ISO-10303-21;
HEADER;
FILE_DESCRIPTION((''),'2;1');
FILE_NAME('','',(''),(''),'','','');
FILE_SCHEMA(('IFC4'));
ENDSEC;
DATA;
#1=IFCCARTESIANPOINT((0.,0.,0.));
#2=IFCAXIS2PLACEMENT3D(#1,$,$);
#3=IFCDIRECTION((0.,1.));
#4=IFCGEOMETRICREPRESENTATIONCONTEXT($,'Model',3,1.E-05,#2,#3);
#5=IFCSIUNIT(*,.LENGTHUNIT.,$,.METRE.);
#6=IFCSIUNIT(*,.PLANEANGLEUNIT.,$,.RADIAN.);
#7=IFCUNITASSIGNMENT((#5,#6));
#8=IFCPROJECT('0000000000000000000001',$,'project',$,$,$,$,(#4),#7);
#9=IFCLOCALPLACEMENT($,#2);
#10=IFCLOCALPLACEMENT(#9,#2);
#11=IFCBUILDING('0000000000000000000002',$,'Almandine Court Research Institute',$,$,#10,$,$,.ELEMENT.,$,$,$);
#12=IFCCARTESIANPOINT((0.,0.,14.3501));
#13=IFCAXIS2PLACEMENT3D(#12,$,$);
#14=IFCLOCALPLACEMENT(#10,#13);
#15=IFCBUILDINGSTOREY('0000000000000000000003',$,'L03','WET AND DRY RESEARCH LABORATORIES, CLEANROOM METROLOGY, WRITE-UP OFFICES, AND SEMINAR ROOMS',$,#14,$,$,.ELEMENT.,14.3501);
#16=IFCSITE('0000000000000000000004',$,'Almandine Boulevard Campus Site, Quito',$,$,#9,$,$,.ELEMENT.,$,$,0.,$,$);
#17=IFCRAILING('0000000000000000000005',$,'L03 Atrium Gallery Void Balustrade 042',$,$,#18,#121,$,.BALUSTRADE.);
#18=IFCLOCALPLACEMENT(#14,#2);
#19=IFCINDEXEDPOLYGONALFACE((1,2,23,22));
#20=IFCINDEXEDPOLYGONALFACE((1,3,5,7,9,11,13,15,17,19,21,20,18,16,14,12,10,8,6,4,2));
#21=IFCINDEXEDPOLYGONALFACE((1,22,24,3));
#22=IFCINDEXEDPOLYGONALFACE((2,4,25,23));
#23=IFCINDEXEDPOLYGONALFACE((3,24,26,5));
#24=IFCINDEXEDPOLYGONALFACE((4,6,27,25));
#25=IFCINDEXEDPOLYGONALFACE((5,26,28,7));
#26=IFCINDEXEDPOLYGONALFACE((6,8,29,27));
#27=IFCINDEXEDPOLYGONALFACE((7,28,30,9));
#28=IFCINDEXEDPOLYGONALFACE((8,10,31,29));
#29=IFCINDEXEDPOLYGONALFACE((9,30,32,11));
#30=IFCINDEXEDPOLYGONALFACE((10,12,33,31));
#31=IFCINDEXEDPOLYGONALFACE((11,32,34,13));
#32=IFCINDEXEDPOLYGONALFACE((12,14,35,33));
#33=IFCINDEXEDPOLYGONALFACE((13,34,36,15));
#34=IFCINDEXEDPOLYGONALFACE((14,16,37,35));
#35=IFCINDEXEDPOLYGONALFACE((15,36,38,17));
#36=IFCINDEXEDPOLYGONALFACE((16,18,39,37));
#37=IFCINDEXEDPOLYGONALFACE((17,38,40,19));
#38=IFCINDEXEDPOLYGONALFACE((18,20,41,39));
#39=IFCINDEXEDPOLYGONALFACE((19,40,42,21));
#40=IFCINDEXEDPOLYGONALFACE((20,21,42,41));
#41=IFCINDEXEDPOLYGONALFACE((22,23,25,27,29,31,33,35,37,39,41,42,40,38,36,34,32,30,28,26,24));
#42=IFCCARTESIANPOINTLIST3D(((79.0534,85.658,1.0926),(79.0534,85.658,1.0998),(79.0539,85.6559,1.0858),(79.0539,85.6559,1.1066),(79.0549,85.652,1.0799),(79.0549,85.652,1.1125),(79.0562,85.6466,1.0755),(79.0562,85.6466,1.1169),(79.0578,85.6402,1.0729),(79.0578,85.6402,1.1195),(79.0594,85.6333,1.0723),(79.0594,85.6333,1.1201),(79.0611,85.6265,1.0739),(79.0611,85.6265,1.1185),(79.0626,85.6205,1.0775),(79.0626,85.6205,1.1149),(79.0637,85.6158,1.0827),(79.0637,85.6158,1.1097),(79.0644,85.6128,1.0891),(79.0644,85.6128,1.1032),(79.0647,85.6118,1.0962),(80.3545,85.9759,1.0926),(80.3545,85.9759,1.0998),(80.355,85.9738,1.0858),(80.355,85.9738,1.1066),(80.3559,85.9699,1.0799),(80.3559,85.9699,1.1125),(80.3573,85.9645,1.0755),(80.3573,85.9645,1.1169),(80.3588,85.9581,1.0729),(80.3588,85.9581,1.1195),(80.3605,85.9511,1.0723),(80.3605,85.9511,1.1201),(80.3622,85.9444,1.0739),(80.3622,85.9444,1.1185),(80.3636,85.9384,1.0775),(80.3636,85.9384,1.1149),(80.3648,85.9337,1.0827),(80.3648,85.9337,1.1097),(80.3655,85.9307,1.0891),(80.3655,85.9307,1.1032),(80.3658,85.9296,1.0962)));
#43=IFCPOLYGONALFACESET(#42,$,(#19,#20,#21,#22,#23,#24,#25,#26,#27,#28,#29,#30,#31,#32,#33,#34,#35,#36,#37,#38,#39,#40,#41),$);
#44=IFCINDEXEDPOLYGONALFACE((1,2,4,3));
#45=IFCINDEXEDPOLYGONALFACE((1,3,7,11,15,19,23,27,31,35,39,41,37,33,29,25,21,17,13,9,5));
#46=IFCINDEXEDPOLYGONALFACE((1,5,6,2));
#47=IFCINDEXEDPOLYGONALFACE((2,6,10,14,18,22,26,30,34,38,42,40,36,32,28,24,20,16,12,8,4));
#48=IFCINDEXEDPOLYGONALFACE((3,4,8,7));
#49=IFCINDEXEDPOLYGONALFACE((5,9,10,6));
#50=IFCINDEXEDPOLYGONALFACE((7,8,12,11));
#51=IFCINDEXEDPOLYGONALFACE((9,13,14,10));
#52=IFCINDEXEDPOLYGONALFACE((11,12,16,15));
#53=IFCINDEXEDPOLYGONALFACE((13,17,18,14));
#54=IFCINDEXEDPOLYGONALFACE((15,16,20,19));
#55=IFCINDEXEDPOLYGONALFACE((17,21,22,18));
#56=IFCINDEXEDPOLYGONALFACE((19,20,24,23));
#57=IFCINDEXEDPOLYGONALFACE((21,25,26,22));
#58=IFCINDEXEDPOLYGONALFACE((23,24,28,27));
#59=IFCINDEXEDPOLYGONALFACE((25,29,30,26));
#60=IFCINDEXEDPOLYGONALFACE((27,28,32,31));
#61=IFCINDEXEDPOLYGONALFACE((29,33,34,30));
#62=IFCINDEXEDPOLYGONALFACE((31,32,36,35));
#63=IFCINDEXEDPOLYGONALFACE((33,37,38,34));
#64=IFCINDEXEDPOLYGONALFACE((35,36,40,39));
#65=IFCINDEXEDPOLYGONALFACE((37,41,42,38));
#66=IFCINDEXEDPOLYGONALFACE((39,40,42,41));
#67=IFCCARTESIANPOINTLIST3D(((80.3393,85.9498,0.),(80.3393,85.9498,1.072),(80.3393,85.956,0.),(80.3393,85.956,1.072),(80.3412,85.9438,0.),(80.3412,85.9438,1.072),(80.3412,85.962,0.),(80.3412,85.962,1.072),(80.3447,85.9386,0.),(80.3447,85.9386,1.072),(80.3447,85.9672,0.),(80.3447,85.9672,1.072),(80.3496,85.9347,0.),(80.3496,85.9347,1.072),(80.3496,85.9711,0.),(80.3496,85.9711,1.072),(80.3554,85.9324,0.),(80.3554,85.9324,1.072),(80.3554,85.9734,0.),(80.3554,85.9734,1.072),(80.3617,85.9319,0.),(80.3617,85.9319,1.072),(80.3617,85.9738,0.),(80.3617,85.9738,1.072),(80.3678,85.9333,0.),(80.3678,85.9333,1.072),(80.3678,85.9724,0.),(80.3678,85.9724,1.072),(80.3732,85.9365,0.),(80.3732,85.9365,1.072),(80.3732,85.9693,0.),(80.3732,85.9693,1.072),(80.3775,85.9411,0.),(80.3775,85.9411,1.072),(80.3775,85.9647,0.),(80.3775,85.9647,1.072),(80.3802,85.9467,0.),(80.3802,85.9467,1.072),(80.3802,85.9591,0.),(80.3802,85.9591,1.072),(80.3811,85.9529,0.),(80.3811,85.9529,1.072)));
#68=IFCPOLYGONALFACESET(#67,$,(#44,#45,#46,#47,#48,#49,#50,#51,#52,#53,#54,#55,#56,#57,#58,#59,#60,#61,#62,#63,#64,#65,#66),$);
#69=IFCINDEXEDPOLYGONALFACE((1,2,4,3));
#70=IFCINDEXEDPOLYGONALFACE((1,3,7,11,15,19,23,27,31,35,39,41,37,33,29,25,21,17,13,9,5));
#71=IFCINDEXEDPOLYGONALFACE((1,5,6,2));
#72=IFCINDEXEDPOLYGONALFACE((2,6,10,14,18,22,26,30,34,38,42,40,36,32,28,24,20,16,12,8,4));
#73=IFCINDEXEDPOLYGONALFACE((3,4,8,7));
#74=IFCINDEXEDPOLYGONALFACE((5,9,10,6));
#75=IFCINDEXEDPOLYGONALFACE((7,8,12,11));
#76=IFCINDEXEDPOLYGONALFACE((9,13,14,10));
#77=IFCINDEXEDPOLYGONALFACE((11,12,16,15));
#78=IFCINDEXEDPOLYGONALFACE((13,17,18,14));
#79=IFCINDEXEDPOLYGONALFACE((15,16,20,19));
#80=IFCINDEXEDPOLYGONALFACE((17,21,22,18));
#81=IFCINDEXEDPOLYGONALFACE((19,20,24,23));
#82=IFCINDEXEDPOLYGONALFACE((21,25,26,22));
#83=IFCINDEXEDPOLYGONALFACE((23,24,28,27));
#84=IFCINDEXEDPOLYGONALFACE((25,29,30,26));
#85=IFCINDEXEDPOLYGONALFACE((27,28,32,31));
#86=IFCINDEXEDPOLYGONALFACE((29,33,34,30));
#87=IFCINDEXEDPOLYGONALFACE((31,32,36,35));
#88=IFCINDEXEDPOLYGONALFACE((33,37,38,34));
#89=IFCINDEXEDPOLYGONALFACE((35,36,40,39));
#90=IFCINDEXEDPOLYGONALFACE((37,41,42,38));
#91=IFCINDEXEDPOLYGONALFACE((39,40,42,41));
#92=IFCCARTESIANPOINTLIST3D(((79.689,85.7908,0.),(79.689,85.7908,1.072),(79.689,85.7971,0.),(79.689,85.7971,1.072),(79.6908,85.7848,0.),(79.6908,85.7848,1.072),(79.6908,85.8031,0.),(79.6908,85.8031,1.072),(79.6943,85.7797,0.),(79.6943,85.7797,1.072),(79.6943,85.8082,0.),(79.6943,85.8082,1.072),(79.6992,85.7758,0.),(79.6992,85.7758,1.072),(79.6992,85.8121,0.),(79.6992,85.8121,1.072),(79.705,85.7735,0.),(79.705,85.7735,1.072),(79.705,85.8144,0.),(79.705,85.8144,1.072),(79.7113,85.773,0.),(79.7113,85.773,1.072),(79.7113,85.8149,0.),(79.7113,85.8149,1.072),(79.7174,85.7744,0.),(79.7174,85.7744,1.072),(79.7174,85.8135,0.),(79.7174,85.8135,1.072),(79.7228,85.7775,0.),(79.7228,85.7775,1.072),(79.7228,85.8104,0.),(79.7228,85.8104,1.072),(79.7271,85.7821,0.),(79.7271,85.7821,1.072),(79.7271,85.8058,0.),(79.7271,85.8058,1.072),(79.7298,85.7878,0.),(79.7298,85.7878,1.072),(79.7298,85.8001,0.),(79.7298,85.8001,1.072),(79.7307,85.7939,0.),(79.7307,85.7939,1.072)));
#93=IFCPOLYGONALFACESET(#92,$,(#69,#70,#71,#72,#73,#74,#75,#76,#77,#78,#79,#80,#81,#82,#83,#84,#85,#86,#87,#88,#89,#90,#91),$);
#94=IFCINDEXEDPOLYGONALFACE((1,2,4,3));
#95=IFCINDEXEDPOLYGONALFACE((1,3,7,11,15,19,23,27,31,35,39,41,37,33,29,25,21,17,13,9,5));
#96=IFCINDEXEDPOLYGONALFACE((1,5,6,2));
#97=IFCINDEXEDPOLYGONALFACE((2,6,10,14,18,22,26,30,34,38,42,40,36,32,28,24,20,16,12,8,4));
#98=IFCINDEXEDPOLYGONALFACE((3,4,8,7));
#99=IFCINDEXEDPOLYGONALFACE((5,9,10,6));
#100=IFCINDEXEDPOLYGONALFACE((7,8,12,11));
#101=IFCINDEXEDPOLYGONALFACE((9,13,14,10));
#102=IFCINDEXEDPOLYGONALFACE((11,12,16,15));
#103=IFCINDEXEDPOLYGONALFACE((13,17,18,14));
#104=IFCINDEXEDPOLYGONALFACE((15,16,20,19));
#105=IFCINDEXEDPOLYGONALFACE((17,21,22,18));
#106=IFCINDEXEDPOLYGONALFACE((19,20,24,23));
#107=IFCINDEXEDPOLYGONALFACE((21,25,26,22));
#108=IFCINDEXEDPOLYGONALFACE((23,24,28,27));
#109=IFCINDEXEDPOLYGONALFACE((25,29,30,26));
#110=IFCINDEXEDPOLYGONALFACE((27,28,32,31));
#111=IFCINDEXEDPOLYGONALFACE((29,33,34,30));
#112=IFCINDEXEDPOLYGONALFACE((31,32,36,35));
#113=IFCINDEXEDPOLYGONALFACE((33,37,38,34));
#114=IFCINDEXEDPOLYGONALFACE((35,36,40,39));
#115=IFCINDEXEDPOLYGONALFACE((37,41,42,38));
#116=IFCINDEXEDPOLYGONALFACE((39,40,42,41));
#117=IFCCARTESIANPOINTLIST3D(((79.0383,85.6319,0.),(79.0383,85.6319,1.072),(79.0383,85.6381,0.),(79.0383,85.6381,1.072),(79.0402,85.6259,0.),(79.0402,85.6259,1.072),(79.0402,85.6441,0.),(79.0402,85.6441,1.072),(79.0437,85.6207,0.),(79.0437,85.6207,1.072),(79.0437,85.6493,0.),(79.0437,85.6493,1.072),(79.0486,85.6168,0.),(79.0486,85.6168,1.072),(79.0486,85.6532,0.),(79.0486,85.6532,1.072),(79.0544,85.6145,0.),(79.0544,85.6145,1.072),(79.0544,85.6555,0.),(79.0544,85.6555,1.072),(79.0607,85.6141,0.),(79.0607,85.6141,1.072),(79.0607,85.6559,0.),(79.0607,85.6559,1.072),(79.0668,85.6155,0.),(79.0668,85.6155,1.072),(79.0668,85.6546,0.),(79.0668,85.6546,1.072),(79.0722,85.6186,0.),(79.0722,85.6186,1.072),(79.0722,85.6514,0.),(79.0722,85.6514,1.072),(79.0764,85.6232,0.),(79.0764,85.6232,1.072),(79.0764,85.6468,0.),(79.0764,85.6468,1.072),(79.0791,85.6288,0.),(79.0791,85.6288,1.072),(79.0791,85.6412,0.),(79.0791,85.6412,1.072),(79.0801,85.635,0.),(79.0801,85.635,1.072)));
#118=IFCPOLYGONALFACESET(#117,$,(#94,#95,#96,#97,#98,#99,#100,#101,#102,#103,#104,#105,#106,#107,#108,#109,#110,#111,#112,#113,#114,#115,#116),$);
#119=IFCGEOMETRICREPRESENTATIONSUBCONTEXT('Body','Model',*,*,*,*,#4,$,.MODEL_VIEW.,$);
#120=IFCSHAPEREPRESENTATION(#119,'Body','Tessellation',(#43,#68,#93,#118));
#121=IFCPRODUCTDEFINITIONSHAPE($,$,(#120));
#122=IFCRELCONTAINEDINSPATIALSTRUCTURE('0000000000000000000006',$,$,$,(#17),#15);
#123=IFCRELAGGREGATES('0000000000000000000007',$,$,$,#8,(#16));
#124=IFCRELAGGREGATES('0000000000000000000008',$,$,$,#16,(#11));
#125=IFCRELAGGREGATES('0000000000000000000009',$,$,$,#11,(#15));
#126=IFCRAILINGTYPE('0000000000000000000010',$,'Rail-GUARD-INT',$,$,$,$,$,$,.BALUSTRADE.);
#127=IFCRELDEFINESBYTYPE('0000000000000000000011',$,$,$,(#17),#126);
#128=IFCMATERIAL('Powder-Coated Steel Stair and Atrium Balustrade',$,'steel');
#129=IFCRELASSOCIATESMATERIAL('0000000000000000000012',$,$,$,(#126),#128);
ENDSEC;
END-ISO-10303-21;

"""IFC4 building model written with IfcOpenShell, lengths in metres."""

from ifc_helpers import new_model, si_unit, direction, frame, origin, origin_2d, place, context, subcontext, project, spatial, circle, extrude, material, type_object, element, save


model = new_model("IFC4")

# Units and contexts
model_context = context("Model", 3, precision=1e-05, world=origin(), true_north=direction((0.0, 1.0)))
body_context = subcontext(model_context, "Body", "Model", "MODEL_VIEW")
ifc_project = project(units=[si_unit("LENGTHUNIT", "METRE"), si_unit("PLANEANGLEUNIT", "RADIAN")], contexts=[model_context])

# Site, building, storey
site_placement = place(None, origin())
site = spatial("IfcSite", under=ifc_project, at=site_placement, Name="Almandine Boulevard Campus Site, Quito", CompositionType="ELEMENT", RefElevation=0.0)
building_placement = place(site_placement, origin())
building = spatial("IfcBuilding", under=site, at=building_placement, Name="Almandine Court Research Institute", CompositionType="ELEMENT")
storey_placement = place(building_placement, frame((0.0, 0.0, 14.3501)))
storey = spatial("IfcBuildingStorey", under=building, at=storey_placement, Name="L03", Description="WET AND DRY RESEARCH LABORATORIES, CLEANROOM METROLOGY, WRITE-UP OFFICES, AND SEMINAR ROOMS", CompositionType="ELEMENT", Elevation=14.3501)

# Railing
ifc_material_1 = material(Name="Powder-Coated Steel Stair and Atrium Balustrade", Category="steel")
railing_type = type_object("IfcRailingType", Name="Rail-GUARD-INT", PredefinedType="BALUSTRADE", material=ifc_material_1)
railing_1_placement = place(storey_placement, frame((80.3601, 85.9529, 0.0)))
element("IfcRailing", 1, at=railing_1_placement, inside=storey, type_object=railing_type, Name="L03 Atrium Gallery Void Balustrade 042", PredefinedType="BALUSTRADE", context=body_context, shape_type="SweptSolid", body=[
    extrude(circle(Radius=0.0239, at=origin_2d()), frame((0.0, 0.0, 1.0962), z_axis=(-0.971426, -0.237342, 0.0), x_axis=(0.237342, -0.971426, 0.0)), (0.0, 0.0, 1.0), 1.3394),
    extrude(circle(Radius=0.021, at=origin_2d()), origin(), (0.0, 0.0, 1.0), 1.072),
    extrude(circle(Radius=0.021, at=origin_2d()), frame((-0.6504, -0.1589, 0.0)), (0.0, 0.0, 1.0), 1.072),
    extrude(circle(Radius=0.021, at=origin_2d()), frame((-1.301, -0.3179, 0.0)), (0.0, 0.0, 1.0), 1.072),
])

save(model, "model.ifc")
